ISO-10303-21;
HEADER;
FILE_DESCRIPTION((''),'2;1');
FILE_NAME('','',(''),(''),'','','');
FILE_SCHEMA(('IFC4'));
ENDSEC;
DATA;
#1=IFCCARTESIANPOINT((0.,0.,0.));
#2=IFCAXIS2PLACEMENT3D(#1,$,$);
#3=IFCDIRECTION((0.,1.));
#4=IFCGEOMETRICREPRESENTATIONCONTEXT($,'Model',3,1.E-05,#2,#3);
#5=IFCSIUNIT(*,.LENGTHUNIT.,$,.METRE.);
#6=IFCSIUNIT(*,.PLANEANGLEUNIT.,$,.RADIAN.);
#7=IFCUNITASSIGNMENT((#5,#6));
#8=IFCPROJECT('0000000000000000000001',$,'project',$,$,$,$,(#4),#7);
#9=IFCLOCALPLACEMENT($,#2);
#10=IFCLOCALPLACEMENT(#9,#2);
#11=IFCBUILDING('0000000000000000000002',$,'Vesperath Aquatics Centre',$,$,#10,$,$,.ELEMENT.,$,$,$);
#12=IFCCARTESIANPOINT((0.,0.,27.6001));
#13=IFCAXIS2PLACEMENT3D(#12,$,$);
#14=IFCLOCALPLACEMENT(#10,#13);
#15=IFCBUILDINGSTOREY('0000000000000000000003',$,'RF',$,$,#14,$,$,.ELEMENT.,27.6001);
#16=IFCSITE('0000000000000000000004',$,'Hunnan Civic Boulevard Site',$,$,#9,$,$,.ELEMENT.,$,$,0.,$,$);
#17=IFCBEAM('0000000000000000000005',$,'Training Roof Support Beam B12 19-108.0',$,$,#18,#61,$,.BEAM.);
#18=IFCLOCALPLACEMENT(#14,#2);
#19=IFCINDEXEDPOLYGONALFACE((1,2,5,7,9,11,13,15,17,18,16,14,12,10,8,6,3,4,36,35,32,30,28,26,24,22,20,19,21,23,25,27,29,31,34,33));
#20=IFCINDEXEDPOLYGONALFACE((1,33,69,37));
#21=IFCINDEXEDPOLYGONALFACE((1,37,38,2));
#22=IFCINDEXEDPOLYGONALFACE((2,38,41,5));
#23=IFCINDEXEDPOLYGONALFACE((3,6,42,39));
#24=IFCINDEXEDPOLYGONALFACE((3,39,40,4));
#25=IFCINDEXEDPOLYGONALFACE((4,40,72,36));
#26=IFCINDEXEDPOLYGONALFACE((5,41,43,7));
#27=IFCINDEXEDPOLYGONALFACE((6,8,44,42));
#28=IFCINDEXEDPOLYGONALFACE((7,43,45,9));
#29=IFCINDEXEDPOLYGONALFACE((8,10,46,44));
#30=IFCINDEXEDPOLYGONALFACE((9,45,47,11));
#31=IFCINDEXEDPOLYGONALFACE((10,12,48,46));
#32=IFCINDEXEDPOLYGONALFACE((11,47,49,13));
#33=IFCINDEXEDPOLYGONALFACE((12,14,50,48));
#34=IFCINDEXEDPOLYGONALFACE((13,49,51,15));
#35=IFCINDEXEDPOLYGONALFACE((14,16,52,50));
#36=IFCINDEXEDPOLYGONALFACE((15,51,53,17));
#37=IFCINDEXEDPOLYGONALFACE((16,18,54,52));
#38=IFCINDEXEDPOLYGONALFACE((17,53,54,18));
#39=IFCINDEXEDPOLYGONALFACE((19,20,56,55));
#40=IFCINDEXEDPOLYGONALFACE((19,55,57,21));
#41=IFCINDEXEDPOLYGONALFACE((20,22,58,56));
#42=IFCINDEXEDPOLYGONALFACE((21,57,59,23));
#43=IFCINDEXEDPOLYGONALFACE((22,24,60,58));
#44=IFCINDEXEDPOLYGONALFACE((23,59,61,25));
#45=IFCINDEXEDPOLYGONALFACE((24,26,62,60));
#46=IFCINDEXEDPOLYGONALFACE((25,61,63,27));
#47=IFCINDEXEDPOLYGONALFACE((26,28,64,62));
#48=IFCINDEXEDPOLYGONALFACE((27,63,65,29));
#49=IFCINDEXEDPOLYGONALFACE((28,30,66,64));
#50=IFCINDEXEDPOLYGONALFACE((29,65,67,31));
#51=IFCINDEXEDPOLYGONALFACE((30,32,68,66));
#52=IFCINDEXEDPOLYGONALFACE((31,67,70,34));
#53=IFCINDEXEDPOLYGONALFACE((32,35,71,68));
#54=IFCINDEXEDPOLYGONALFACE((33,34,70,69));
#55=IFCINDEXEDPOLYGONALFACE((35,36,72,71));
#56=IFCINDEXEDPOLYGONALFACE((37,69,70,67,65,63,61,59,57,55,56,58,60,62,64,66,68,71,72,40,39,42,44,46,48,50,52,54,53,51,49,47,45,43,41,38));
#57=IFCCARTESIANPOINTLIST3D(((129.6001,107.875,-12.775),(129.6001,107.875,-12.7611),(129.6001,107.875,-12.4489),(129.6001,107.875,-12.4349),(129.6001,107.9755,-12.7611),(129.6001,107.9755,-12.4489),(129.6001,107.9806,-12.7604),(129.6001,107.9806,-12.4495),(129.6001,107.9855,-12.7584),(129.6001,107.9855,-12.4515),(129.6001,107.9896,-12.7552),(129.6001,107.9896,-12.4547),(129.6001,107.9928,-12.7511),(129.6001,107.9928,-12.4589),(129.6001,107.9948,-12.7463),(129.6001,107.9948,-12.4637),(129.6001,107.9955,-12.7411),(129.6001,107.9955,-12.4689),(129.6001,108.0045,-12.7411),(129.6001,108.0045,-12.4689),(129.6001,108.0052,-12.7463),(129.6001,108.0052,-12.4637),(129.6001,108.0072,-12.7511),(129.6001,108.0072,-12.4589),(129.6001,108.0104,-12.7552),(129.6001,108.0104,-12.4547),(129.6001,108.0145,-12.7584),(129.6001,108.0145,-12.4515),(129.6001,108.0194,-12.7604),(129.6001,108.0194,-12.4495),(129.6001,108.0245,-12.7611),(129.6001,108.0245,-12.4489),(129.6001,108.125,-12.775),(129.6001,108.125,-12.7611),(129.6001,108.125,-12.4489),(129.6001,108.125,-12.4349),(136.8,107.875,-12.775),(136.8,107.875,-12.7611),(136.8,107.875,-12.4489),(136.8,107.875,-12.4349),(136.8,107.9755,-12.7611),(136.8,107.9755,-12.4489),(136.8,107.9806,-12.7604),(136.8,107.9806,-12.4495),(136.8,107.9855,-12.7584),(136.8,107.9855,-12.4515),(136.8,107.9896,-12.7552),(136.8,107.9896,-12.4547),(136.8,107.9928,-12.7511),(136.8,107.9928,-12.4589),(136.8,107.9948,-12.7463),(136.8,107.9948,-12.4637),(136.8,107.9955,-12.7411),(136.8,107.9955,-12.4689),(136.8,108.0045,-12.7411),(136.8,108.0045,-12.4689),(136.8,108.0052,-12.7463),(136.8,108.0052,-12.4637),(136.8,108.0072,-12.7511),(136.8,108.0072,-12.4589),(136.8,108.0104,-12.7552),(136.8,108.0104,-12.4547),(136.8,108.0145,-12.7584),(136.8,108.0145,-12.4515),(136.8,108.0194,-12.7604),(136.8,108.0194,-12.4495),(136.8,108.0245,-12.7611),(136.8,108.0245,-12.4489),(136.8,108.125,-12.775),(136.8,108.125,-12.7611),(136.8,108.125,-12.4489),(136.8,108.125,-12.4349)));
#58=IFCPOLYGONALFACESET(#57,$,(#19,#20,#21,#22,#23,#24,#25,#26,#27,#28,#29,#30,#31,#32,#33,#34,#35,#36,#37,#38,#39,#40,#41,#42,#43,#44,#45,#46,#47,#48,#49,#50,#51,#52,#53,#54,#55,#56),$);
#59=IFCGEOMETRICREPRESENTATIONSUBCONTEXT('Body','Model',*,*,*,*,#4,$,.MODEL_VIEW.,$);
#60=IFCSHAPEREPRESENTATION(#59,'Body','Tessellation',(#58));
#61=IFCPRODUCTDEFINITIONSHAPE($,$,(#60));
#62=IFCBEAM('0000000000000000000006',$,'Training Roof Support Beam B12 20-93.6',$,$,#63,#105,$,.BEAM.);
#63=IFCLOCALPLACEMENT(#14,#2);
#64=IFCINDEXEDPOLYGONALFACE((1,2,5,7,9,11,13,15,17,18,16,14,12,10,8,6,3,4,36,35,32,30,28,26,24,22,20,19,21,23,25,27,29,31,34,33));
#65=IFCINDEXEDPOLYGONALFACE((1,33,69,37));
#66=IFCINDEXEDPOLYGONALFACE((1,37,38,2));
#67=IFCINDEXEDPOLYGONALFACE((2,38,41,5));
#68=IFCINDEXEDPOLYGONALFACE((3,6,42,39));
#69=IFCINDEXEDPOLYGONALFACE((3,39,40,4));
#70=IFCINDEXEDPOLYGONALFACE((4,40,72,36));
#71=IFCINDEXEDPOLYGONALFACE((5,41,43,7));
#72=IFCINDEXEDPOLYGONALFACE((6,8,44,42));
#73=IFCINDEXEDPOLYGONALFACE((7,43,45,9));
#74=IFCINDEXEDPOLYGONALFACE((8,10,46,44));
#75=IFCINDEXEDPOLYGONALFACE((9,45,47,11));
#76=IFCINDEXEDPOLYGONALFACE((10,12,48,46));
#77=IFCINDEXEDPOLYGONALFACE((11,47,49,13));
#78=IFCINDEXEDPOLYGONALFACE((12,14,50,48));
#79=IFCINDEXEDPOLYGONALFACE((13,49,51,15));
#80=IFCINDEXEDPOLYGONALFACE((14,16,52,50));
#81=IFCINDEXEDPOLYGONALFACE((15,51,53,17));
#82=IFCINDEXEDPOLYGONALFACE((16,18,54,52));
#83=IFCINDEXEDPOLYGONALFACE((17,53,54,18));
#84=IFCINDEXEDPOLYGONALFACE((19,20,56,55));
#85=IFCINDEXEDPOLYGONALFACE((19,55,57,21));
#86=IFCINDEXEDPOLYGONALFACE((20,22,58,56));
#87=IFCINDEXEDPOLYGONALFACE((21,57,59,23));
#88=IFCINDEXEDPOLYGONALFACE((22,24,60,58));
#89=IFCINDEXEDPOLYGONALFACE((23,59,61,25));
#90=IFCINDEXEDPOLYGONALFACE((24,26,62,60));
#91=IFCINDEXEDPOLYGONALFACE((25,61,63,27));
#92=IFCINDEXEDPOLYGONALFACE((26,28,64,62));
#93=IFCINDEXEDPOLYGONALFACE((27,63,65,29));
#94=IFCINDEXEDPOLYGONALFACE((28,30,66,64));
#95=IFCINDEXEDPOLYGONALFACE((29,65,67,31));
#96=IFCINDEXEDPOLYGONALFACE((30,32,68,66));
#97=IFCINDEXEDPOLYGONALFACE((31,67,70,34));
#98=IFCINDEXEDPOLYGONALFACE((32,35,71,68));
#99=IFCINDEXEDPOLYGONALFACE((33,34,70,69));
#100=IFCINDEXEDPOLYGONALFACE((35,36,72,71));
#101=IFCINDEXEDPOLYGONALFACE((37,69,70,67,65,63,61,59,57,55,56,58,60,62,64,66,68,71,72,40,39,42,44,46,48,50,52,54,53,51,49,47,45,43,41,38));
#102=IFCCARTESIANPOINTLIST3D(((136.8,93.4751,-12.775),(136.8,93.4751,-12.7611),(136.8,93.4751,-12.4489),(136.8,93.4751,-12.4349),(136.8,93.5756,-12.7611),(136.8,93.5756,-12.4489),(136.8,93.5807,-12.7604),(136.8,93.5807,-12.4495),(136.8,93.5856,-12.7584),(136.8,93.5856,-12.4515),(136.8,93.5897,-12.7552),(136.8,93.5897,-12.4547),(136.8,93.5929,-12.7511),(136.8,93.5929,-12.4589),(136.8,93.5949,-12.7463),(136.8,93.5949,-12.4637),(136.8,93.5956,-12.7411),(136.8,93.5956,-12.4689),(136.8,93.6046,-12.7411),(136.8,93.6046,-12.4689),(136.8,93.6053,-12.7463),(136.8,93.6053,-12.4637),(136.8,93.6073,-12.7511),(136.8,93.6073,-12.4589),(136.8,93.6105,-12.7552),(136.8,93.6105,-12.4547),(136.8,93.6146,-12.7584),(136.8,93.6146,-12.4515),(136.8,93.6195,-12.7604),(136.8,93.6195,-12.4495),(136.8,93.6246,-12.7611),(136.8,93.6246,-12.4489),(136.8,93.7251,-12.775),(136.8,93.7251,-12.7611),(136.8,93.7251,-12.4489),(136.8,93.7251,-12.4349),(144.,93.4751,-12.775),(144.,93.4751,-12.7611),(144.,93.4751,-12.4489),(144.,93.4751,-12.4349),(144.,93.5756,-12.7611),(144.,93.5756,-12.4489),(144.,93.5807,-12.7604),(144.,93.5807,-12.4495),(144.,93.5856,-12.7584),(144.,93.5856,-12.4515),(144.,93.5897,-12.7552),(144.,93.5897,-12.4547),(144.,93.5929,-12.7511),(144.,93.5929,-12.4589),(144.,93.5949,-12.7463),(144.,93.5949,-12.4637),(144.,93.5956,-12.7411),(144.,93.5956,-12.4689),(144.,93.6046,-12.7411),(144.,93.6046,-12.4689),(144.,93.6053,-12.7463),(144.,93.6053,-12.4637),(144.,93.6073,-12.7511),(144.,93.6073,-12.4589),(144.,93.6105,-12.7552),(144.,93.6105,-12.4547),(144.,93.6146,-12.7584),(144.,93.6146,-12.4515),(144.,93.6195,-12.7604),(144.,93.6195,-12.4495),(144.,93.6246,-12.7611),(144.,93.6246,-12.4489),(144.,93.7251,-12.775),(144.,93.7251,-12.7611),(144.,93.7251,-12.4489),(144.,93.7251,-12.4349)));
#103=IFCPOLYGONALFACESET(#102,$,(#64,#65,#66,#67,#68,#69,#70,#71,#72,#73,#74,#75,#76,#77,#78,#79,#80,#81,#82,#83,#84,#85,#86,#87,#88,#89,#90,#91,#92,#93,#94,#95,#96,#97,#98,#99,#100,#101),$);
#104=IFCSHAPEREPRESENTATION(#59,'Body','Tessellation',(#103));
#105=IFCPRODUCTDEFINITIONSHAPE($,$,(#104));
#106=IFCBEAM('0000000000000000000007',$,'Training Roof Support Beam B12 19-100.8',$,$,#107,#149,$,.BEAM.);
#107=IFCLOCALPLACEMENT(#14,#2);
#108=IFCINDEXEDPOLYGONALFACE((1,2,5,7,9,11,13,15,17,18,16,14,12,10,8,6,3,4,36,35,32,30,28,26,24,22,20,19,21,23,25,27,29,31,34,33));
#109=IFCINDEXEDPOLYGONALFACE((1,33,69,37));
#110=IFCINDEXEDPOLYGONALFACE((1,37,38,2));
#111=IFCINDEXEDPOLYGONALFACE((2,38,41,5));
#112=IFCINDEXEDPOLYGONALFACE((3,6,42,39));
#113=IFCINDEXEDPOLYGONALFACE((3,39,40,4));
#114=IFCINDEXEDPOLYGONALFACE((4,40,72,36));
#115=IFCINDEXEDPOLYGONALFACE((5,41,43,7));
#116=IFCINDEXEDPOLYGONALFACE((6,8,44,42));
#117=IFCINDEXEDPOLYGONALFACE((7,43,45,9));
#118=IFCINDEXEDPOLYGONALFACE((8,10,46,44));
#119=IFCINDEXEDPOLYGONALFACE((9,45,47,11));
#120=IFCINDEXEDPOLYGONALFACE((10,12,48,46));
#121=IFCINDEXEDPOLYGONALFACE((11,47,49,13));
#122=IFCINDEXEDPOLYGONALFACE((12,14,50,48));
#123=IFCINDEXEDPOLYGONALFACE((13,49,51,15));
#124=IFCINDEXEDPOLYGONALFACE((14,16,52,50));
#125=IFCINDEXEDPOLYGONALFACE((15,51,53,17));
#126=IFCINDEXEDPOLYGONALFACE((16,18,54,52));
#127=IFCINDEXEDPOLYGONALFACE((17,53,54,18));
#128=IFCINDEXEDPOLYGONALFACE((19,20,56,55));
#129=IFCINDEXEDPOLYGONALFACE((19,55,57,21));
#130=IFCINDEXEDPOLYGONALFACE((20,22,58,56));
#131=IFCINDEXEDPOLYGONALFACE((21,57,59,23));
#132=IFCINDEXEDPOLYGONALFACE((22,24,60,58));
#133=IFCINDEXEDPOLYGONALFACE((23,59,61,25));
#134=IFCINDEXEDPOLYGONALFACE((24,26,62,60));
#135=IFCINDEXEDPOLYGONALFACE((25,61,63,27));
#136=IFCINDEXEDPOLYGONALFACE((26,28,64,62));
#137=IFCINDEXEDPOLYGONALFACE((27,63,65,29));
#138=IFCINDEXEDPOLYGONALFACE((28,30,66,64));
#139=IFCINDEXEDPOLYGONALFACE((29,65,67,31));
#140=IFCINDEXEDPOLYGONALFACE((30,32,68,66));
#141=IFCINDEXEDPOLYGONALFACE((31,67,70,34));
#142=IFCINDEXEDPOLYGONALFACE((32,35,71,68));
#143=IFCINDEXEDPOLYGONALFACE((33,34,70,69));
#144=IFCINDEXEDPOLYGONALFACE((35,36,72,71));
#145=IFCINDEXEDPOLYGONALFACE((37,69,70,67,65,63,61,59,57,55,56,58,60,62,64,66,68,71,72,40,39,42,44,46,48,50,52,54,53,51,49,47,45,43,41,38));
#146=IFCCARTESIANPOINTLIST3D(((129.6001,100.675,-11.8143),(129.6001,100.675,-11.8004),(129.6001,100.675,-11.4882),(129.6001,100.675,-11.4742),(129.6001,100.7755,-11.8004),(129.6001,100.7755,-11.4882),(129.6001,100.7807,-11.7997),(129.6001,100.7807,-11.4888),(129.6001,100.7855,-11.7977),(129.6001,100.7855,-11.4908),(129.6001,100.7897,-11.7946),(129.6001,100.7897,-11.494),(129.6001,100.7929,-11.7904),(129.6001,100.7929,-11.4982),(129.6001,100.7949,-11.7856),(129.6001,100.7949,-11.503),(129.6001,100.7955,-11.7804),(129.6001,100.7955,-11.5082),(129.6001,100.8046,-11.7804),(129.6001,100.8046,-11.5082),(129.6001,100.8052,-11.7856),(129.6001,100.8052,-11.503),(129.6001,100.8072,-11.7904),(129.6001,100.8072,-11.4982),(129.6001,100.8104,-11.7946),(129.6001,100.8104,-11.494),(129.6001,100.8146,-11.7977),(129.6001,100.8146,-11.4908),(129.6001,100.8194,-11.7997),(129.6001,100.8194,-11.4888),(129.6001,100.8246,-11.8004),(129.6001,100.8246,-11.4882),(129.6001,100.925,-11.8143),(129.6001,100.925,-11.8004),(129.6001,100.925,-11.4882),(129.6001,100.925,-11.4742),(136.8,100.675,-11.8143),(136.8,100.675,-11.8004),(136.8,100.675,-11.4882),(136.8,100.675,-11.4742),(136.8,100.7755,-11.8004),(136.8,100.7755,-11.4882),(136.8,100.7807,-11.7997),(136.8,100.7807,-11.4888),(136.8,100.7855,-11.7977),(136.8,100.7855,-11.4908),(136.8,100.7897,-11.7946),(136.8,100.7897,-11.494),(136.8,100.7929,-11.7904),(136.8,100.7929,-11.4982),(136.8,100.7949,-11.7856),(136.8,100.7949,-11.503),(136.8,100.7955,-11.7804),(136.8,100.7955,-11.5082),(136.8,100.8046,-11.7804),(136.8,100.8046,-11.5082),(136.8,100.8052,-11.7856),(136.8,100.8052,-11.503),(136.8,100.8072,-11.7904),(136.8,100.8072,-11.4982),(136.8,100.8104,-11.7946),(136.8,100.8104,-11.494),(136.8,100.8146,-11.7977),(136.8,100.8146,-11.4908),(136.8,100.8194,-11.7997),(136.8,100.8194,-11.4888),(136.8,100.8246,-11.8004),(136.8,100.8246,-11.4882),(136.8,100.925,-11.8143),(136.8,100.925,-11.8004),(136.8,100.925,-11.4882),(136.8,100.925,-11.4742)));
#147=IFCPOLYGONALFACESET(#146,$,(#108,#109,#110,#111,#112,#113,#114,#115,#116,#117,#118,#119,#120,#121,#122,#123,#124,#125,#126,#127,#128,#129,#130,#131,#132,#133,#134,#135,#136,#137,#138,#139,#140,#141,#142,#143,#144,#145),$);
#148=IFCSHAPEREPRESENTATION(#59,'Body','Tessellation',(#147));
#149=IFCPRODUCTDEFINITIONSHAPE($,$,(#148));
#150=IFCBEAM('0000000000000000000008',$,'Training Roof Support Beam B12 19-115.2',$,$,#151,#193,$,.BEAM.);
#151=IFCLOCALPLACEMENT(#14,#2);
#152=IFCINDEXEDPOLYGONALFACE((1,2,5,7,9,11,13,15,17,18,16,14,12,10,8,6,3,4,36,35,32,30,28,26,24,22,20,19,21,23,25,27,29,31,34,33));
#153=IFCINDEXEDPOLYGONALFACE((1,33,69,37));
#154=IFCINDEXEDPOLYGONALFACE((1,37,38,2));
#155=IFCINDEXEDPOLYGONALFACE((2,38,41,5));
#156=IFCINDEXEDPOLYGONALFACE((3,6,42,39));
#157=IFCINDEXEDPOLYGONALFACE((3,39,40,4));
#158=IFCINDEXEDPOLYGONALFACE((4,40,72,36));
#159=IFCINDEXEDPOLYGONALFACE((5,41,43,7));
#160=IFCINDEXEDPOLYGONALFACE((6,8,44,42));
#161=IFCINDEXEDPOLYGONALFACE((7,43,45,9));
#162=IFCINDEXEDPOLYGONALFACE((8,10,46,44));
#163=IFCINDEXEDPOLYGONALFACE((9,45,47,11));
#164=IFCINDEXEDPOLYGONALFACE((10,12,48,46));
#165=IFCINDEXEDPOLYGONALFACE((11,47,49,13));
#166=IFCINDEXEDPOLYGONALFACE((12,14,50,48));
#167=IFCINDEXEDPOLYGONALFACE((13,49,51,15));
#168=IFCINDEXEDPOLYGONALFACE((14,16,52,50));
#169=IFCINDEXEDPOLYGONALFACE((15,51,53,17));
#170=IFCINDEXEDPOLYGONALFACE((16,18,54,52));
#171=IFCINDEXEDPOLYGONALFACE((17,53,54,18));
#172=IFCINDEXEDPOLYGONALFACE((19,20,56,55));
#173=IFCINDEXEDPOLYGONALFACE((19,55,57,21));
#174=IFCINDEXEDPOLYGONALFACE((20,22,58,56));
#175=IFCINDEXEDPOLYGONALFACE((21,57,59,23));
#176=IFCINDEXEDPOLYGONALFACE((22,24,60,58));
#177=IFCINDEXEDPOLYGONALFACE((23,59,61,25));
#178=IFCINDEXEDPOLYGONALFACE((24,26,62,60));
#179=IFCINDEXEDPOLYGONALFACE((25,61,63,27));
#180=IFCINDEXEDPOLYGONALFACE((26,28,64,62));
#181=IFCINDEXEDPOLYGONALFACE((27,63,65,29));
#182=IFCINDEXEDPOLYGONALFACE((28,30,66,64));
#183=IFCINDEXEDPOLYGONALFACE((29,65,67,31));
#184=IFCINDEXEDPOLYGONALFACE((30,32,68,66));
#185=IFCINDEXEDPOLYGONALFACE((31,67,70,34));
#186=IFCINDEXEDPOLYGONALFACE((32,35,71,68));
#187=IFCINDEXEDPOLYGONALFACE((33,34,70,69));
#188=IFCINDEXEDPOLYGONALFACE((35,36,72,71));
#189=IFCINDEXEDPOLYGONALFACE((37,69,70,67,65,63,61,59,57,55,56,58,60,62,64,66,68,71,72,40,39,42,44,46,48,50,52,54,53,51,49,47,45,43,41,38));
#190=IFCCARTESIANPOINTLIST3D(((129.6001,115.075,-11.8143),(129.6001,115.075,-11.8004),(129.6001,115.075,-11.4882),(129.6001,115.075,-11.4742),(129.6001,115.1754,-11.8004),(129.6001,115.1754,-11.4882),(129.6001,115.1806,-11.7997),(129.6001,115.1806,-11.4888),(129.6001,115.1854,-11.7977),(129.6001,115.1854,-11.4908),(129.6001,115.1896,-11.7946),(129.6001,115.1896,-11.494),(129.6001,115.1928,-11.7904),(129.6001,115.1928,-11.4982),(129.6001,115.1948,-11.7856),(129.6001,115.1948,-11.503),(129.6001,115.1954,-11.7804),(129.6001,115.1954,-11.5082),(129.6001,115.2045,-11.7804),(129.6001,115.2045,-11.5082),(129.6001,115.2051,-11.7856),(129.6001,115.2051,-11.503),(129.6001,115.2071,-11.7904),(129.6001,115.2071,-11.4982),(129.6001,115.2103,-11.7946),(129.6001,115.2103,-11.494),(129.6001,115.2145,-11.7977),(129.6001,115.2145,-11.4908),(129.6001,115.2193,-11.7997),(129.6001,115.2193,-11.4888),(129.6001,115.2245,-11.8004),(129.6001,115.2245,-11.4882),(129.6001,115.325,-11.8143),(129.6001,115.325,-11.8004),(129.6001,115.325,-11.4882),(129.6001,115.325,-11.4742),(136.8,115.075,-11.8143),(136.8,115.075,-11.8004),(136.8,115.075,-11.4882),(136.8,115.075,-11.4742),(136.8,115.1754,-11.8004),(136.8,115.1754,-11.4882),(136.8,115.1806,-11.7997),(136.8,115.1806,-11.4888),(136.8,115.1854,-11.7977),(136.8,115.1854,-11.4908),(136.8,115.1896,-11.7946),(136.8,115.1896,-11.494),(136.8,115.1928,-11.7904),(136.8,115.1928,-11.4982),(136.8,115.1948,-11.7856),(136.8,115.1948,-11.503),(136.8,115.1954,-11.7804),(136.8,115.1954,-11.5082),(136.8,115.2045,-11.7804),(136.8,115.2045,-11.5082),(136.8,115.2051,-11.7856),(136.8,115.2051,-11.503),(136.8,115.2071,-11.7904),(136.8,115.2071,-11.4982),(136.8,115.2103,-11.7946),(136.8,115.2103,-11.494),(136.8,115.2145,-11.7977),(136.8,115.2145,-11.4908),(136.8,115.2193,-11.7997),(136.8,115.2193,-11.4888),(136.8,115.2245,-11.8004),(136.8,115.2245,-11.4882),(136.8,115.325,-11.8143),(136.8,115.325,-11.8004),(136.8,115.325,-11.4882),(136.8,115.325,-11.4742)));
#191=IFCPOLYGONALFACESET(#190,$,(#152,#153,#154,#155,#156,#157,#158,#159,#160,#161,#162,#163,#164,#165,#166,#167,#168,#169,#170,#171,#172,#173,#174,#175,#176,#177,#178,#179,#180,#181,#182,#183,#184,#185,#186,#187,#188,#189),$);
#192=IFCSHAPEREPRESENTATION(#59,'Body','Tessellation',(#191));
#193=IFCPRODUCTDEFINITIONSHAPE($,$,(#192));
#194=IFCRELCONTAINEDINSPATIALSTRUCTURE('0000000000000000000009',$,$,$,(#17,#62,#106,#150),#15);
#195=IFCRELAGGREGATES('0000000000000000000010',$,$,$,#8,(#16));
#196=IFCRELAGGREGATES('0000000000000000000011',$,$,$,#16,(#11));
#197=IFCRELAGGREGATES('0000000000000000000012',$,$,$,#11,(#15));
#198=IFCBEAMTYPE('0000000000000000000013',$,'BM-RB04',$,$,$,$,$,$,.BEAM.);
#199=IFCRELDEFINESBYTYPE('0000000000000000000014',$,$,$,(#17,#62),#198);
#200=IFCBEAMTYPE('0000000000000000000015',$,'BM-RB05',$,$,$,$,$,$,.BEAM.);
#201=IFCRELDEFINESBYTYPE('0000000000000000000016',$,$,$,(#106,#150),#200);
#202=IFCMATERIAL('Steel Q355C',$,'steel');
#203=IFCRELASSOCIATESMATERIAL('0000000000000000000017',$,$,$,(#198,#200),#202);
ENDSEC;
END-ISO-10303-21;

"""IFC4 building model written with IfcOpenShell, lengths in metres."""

from ifc_helpers import new_model, si_unit, direction, frame, origin, origin_2d, place, context, subcontext, project, spatial, i_section, extrude, material, material_profile, profile_set, type_object, element, save


model = new_model("IFC4")

# Units and contexts
model_context = context("Model", 3, precision=1e-05, world=origin(), true_north=direction((0.0, 1.0)))
body_context = subcontext(model_context, "Body", "Model", "MODEL_VIEW")
ifc_project = project(units=[si_unit("LENGTHUNIT", "METRE"), si_unit("PLANEANGLEUNIT", "RADIAN")], contexts=[model_context])

# Site, building, storey
site_placement = place(None, origin())
site = spatial("IfcSite", under=ifc_project, at=site_placement, Name="Hunnan Civic Boulevard Site", CompositionType="ELEMENT", RefElevation=0.0)
building_placement = place(site_placement, origin())
building = spatial("IfcBuilding", under=site, at=building_placement, Name="Vesperath Aquatics Centre", CompositionType="ELEMENT")
storey_placement = place(building_placement, frame((0.0, 0.0, 27.6001)))
storey = spatial("IfcBuildingStorey", under=building, at=storey_placement, Name="RF", CompositionType="ELEMENT", Elevation=27.6001)

# Beams
ifc_material_1 = material(Name="Steel Q355C", Category="steel")
ifc_material_profile_1 = material_profile(ifc_material_1, i_section(OverallWidth=0.25, OverallDepth=0.3401, WebThickness=0.009, FlangeThickness=0.0139, FilletRadius=0.02, at=origin_2d()), Name="HM 340x250x9x14")
ifc_profile_set_1 = profile_set([ifc_material_profile_1], Name="Steel Q355C")
beam_type_1 = type_object("IfcBeamType", Name="BM-RB04", PredefinedType="BEAM", material=ifc_profile_set_1)
for number, where, z_axis, x_axis, name in (
    (1, (129.6001, 108.0, -12.605), (1.0, 0.0, 0.0), (0.0, 1.0, 0.0), "Training Roof Support Beam B12 19-108.0"),
    (2, (136.8, 93.6001, -12.605), (1.0, 0.0, 0.0), (0.0, 1.0, 0.0), "Training Roof Support Beam B12 20-93.6"),
):
    element("IfcBeam", number, at=place(storey_placement, frame(where, z_axis=z_axis, x_axis=x_axis)), inside=storey, type_object=beam_type_1, Name=name, PredefinedType="BEAM", context=body_context, shape_type="SweptSolid", body=[
        extrude(i_section(OverallWidth=0.25, OverallDepth=0.3401, WebThickness=0.009, FlangeThickness=0.0139, FilletRadius=0.02, at=origin_2d()), origin(), (0.0, 0.0, 1.0), 7.2),
    ])
ifc_material_profile_2 = material_profile(ifc_material_1, i_section(OverallWidth=0.25, OverallDepth=0.3401, WebThickness=0.009, FlangeThickness=0.0139, FilletRadius=0.02, at=origin_2d()), Name="HM 340x250x9x14")
ifc_profile_set_2 = profile_set([ifc_material_profile_2], Name="Steel Q355C")
beam_type_2 = type_object("IfcBeamType", Name="BM-RB05", PredefinedType="BEAM", material=ifc_profile_set_2)
for number, where, z_axis, x_axis, name in (
    (3, (129.6001, 100.8, -11.6443), (1.0, 0.0, 0.0), (0.0, 1.0, 0.0), "Training Roof Support Beam B12 19-100.8"),
    (4, (129.6001, 115.2, -11.6443), (1.0, 0.0, 0.0), (0.0, 1.0, 0.0), "Training Roof Support Beam B12 19-115.2"),
):
    element("IfcBeam", number, at=place(storey_placement, frame(where, z_axis=z_axis, x_axis=x_axis)), inside=storey, type_object=beam_type_2, Name=name, PredefinedType="BEAM", context=body_context, shape_type="SweptSolid", body=[
        extrude(i_section(OverallWidth=0.25, OverallDepth=0.3401, WebThickness=0.009, FlangeThickness=0.0139, FilletRadius=0.02, at=origin_2d()), origin(), (0.0, 0.0, 1.0), 7.2),
    ])

save(model, "model.ifc")
